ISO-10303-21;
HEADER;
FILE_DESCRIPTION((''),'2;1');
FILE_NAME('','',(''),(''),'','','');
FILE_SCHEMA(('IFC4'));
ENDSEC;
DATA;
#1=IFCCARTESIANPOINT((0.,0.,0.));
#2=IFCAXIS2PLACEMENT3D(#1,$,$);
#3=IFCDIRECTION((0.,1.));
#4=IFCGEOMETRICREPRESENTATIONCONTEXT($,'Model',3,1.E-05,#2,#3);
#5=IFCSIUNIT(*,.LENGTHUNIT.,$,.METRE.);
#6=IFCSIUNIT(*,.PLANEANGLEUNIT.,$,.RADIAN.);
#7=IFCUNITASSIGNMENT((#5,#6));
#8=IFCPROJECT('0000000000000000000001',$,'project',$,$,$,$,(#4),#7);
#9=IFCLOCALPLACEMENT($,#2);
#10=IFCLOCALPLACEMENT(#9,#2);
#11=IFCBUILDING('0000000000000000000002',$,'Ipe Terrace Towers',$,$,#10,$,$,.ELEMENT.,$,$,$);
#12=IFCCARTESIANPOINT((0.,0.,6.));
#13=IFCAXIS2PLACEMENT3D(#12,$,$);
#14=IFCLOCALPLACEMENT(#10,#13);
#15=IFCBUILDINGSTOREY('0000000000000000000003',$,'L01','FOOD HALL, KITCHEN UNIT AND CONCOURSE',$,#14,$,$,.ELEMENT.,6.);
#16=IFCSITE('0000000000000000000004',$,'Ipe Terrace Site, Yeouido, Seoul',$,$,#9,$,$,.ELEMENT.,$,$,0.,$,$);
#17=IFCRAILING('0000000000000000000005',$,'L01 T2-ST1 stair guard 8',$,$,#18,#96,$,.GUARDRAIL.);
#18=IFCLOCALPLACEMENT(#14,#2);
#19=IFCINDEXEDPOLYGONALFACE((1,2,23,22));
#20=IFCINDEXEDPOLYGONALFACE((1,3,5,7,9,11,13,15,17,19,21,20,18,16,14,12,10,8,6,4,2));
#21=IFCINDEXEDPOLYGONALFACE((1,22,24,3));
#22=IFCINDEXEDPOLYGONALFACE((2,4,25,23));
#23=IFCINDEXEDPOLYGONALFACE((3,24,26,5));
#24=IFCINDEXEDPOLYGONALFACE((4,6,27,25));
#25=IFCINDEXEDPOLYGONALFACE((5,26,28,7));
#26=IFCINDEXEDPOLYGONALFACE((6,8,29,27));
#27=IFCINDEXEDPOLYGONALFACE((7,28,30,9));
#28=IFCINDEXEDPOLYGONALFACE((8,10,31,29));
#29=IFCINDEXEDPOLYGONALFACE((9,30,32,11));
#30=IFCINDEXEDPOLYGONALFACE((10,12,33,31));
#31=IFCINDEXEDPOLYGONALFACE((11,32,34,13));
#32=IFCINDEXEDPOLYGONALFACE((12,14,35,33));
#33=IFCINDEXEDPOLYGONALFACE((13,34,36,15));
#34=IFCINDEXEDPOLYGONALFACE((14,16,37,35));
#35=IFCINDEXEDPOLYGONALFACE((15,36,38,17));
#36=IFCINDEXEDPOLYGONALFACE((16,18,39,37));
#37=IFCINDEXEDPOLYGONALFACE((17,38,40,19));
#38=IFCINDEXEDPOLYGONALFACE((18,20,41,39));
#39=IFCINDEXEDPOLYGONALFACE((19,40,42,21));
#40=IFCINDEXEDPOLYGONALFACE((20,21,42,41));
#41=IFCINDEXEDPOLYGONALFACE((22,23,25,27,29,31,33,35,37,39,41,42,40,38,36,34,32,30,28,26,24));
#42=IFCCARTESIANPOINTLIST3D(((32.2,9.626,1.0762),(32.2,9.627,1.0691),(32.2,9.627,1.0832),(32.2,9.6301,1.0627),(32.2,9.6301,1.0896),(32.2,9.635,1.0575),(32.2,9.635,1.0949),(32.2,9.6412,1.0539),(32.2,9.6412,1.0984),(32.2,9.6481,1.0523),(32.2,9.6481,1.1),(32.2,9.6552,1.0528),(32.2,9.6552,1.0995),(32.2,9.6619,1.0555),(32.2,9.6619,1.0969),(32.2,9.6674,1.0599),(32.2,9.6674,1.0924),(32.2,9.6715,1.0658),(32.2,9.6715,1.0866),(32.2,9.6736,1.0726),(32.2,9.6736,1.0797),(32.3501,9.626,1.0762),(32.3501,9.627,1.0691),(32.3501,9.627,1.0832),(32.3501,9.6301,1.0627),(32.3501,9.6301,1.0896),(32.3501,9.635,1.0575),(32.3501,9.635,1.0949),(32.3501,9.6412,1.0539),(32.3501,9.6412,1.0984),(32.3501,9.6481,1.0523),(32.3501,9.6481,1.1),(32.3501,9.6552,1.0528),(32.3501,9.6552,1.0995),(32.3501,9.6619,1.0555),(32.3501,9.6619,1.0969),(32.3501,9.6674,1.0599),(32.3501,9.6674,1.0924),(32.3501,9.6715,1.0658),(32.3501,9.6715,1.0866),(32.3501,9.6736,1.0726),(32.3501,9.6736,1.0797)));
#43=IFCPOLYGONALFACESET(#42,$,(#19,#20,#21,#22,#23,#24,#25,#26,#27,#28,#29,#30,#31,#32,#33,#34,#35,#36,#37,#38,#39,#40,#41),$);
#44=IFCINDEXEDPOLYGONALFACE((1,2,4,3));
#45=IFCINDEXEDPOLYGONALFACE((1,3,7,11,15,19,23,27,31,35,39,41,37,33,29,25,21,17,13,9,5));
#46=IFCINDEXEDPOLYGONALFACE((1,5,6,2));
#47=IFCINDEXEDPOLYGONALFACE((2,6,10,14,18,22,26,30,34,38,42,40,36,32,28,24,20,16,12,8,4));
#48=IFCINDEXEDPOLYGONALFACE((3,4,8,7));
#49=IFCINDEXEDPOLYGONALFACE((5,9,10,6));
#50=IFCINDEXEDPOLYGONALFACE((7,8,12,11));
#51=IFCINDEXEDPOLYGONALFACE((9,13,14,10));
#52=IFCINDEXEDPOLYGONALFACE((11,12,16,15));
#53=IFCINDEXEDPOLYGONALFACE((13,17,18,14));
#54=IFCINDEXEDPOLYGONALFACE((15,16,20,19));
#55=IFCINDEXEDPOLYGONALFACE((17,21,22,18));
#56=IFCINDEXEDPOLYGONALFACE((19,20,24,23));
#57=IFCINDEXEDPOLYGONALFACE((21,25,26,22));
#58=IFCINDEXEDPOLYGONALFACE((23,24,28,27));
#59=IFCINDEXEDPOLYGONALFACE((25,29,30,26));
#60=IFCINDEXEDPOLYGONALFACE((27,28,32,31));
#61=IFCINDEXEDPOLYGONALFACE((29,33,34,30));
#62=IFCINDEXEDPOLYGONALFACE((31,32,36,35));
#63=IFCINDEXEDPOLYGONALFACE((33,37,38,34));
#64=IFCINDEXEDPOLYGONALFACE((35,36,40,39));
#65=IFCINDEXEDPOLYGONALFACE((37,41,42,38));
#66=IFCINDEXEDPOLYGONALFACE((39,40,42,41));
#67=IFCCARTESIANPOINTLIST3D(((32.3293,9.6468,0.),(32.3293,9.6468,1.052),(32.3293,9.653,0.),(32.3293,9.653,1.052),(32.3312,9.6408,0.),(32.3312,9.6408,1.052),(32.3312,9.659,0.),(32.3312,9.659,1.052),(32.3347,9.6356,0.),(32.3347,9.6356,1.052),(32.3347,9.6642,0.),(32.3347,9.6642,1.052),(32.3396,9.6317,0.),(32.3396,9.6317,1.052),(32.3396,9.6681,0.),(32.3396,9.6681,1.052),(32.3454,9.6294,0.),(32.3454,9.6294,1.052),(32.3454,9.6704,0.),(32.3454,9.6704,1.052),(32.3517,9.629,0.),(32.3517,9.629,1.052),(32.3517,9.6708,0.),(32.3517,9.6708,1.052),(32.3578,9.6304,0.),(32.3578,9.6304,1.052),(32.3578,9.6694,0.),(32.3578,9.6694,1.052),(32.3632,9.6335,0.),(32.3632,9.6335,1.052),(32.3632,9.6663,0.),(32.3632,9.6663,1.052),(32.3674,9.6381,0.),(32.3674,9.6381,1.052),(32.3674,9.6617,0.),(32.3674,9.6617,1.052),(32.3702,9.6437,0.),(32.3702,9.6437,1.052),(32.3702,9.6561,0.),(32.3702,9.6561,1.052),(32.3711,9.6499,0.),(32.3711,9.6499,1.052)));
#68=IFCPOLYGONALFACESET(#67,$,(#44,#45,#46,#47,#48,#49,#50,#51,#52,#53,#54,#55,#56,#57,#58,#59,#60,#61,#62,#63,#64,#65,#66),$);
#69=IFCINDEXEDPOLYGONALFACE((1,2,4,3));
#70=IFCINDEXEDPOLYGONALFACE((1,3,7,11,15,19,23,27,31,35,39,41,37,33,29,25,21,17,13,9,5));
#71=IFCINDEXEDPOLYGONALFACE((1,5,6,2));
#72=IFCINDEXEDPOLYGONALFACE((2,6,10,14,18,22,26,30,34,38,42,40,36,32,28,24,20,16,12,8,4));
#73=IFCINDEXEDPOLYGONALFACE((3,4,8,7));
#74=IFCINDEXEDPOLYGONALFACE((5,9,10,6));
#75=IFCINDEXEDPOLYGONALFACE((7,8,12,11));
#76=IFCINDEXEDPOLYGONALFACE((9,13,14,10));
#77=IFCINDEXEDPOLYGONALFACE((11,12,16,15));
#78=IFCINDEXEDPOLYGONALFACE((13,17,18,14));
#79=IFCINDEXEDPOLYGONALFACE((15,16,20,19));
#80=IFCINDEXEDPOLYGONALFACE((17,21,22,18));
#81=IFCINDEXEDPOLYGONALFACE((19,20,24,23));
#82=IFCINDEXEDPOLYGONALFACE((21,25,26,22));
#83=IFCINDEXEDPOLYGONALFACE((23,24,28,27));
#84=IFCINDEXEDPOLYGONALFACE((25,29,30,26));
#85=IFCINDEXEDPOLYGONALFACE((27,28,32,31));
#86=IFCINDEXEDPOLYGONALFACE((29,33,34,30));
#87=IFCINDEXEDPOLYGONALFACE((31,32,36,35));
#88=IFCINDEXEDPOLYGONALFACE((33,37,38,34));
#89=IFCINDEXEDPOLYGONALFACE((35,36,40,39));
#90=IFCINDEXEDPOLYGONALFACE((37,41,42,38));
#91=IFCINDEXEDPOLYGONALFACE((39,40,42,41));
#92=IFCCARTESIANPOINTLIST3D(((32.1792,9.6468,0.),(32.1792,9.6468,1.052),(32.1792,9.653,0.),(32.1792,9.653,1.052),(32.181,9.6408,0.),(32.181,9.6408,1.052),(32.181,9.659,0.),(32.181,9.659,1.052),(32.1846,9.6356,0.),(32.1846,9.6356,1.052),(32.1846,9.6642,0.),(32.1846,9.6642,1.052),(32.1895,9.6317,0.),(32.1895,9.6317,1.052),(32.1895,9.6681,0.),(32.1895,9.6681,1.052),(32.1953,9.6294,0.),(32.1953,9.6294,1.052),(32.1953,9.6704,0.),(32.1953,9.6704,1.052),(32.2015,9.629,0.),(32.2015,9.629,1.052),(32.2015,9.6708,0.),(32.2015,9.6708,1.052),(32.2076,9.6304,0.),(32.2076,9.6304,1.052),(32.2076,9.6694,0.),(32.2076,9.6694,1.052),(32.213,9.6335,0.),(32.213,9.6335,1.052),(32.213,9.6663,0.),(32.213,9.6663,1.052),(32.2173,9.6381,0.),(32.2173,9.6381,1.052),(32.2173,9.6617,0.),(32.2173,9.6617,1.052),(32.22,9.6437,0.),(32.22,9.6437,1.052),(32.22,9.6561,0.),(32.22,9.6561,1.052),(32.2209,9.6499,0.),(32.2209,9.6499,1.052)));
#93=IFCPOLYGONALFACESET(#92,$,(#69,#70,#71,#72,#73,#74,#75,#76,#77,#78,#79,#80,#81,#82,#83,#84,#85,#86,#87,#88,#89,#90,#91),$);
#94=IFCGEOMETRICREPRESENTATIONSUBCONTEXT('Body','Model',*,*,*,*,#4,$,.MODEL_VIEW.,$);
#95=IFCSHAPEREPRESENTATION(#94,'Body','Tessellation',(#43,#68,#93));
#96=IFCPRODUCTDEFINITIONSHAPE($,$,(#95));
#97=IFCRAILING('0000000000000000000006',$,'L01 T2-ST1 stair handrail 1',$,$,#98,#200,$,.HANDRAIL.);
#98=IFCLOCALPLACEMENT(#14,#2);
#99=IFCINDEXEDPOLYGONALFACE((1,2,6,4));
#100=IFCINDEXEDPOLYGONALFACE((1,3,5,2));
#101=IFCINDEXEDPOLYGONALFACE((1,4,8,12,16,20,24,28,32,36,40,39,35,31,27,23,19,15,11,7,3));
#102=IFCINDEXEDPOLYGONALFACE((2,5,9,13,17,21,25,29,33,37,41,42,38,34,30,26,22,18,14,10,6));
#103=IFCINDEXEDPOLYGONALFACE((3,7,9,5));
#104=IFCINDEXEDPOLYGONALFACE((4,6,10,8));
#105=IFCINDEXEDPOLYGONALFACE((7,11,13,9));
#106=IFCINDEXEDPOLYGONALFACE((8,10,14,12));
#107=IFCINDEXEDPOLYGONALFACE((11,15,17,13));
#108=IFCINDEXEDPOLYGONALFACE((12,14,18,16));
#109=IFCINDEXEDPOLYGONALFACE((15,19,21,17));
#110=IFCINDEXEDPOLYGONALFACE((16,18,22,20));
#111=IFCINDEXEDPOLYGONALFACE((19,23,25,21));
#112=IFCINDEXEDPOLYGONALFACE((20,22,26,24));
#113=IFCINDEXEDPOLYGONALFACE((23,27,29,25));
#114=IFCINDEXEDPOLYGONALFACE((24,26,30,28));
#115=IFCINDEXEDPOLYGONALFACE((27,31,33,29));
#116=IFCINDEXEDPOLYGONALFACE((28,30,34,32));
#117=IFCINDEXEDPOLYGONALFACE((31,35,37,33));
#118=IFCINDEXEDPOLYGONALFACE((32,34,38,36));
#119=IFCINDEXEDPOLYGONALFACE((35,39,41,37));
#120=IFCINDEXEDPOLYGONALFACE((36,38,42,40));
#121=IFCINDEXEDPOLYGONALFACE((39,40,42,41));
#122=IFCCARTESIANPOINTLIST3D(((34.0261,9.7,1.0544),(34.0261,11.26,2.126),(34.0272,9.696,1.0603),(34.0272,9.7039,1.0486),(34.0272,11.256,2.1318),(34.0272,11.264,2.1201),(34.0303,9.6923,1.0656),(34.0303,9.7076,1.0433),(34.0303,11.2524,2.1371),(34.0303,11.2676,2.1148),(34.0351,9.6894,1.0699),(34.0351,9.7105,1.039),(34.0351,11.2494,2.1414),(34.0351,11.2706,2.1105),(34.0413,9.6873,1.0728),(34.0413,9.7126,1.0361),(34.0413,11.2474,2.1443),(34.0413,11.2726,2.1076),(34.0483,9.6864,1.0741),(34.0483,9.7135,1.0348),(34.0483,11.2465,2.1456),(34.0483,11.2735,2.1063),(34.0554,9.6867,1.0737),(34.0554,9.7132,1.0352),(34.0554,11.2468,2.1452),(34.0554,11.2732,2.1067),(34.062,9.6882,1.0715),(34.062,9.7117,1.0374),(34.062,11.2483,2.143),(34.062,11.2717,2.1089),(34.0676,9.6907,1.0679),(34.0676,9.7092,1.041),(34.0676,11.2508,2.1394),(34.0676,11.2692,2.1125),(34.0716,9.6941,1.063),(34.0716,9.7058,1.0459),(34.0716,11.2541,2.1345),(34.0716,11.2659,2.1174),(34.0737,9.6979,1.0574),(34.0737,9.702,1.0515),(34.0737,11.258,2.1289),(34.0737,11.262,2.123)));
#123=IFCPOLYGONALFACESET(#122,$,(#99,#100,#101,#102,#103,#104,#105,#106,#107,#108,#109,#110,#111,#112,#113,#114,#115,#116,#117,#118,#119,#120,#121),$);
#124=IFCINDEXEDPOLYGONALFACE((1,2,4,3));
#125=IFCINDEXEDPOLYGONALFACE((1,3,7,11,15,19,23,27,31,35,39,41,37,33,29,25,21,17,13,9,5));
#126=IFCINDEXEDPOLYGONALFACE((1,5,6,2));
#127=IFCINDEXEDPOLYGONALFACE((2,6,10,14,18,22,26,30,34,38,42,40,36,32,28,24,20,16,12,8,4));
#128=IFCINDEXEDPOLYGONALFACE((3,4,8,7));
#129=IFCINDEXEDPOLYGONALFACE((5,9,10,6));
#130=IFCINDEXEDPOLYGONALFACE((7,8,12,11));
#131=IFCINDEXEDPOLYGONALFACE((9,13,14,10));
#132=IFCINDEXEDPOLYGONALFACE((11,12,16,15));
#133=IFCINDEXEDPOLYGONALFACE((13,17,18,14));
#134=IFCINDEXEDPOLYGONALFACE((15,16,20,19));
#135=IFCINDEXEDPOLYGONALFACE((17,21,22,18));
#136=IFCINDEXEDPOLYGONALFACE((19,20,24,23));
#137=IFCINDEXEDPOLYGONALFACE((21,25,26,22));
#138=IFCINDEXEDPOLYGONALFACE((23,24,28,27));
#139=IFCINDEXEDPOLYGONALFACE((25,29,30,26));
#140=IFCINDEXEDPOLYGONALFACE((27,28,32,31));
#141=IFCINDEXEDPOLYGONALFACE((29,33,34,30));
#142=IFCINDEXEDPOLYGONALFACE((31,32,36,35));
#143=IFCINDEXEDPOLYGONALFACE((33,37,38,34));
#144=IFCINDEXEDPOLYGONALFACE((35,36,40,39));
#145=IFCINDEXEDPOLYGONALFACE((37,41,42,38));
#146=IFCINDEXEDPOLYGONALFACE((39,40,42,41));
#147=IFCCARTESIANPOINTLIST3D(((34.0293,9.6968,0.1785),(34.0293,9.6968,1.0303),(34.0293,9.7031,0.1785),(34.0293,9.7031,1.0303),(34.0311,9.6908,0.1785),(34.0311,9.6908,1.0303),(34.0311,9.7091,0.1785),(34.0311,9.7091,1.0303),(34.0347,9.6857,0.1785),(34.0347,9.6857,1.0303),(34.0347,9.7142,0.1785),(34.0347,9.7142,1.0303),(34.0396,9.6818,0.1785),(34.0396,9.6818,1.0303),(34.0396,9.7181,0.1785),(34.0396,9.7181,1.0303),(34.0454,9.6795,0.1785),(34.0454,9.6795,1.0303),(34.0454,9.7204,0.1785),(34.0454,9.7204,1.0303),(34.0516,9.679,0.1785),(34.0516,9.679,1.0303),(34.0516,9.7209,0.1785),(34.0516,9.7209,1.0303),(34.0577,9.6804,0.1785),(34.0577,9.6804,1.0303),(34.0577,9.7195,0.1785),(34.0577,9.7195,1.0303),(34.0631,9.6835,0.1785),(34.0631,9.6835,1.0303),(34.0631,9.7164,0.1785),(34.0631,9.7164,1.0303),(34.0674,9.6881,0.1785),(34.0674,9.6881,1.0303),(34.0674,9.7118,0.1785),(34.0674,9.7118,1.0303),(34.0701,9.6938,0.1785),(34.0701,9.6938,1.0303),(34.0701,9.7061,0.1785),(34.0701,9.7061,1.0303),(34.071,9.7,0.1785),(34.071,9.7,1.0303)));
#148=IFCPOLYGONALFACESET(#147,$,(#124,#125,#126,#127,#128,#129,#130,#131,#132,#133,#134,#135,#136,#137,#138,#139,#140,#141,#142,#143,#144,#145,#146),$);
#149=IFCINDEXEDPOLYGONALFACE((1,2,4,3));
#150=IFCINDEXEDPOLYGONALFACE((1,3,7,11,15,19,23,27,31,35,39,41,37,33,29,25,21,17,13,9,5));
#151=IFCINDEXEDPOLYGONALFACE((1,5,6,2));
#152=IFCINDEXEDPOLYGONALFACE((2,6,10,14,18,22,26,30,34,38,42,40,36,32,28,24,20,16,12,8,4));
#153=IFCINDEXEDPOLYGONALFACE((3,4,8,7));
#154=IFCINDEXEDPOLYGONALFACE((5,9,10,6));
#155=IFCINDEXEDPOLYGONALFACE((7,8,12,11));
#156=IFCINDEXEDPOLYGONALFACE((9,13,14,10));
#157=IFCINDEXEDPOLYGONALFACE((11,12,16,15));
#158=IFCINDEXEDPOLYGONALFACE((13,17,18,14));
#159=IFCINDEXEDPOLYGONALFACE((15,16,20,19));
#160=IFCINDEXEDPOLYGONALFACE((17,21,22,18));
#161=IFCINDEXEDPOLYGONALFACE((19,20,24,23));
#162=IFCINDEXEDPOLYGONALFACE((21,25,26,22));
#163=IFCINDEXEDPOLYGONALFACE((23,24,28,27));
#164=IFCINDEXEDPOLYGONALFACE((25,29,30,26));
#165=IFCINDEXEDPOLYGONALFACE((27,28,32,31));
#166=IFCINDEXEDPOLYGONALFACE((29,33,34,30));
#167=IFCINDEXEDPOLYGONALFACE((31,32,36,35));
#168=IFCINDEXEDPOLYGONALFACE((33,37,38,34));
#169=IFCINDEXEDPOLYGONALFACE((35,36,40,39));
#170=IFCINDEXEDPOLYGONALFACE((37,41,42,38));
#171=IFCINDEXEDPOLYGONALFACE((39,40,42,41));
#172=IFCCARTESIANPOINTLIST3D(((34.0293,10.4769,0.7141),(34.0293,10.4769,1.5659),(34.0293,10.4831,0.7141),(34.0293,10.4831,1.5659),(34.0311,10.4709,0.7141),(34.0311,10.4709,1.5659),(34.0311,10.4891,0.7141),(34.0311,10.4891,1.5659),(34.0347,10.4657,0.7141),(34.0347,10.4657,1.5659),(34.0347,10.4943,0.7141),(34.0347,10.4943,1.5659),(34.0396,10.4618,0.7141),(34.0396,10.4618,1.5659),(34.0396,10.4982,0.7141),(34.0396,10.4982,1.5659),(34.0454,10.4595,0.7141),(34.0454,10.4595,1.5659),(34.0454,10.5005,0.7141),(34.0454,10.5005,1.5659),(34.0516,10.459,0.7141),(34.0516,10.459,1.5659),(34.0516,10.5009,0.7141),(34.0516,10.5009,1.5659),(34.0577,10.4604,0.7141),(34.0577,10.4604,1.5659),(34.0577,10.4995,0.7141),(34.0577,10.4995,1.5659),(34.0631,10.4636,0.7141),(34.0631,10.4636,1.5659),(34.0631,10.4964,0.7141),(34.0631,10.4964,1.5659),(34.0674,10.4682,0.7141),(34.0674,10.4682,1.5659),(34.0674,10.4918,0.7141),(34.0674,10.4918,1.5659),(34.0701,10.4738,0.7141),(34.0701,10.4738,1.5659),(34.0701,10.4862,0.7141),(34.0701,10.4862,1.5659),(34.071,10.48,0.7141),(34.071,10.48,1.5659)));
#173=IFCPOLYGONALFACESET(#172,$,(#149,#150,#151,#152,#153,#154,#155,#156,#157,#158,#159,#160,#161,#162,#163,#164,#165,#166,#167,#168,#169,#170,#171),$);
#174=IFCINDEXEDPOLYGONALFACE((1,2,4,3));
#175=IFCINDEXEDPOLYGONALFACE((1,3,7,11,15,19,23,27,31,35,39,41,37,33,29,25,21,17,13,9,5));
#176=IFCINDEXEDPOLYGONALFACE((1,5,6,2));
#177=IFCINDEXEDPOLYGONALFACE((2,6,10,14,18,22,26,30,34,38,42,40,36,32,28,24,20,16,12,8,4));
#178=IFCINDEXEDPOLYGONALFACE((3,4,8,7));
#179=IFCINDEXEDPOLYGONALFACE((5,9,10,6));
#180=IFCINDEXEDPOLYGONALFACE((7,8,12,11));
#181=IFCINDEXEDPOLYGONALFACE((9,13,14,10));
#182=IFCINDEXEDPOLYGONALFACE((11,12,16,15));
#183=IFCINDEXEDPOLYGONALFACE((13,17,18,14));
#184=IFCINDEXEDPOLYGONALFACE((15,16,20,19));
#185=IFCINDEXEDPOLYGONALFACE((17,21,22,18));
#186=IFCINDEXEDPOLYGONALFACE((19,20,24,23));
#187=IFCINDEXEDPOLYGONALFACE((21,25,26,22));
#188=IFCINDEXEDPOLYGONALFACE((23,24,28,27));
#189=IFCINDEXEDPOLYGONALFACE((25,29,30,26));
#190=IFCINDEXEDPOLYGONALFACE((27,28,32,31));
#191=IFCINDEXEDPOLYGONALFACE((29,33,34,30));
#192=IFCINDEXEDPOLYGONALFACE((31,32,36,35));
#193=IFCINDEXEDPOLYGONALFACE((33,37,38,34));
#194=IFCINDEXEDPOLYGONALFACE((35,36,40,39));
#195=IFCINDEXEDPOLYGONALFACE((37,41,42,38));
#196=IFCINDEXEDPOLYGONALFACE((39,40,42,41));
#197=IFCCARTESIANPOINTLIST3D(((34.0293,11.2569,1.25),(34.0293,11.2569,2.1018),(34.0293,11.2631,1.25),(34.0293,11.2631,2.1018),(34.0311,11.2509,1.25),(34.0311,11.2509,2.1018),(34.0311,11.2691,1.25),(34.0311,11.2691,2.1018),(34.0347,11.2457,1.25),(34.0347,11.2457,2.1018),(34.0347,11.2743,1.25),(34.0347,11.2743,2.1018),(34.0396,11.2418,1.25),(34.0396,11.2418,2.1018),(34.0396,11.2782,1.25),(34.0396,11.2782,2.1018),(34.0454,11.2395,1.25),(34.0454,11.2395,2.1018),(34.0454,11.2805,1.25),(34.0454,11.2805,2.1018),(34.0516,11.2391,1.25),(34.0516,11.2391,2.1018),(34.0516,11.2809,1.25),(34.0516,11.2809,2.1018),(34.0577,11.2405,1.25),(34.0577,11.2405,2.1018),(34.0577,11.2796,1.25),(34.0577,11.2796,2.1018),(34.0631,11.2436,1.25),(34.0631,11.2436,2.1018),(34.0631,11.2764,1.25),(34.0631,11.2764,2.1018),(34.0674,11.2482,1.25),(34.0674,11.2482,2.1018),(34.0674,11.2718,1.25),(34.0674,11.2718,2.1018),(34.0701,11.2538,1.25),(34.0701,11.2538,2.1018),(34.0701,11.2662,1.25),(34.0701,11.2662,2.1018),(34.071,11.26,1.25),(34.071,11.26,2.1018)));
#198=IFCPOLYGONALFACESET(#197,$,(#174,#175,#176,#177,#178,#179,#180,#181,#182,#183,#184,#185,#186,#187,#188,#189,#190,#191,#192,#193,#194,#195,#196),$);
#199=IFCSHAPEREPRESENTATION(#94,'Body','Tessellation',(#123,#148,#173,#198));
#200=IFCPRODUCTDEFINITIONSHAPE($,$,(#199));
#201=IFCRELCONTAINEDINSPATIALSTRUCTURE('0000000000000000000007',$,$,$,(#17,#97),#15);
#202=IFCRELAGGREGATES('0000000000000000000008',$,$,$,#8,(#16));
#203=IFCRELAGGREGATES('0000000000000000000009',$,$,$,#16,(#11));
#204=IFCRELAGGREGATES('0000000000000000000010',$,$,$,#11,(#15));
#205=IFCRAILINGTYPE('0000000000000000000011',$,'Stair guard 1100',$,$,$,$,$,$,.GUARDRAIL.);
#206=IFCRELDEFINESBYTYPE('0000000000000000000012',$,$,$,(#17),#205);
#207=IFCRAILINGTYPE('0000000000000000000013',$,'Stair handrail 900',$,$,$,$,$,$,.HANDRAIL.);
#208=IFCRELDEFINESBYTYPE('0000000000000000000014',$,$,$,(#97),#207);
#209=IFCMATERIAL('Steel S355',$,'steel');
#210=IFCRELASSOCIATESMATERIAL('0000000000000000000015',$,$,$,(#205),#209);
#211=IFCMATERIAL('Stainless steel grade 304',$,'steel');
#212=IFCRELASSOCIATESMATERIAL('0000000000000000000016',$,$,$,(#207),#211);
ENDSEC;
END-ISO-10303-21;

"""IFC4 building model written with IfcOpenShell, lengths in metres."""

from ifc_helpers import new_model, si_unit, direction, frame, origin, origin_2d, place, context, subcontext, project, spatial, circle, extrude, material, type_object, element, save


model = new_model("IFC4")

# Units and contexts
model_context = context("Model", 3, precision=1e-05, world=origin(), true_north=direction((0.0, 1.0)))
body_context = subcontext(model_context, "Body", "Model", "MODEL_VIEW")
ifc_project = project(units=[si_unit("LENGTHUNIT", "METRE"), si_unit("PLANEANGLEUNIT", "RADIAN")], contexts=[model_context])

# Site, building, storey
site_placement = place(None, origin())
site = spatial("IfcSite", under=ifc_project, at=site_placement, Name="Ipe Terrace Site, Yeouido, Seoul", CompositionType="ELEMENT", RefElevation=0.0)
building_placement = place(site_placement, origin())
building = spatial("IfcBuilding", under=site, at=building_placement, Name="Ipe Terrace Towers", CompositionType="ELEMENT")
storey_placement = place(building_placement, frame((0.0, 0.0, 6.0)))
storey = spatial("IfcBuildingStorey", under=building, at=storey_placement, Name="L01", Description="FOOD HALL, KITCHEN UNIT AND CONCOURSE", CompositionType="ELEMENT", Elevation=6.0)

# Railings
ifc_material_1 = material(Name="Steel S355", Category="steel")
railing_type_1 = type_object("IfcRailingType", Name="Stair guard 1100", PredefinedType="GUARDRAIL", material=ifc_material_1)
railing_1_placement = place(storey_placement, frame((32.3501, 9.6499, 0.0)))
element("IfcRailing", 1, at=railing_1_placement, inside=storey, type_object=railing_type_1, Name="L01 T2-ST1 stair guard 8", PredefinedType="GUARDRAIL", context=body_context, shape_type="SweptSolid", body=[
    extrude(circle(Radius=0.0239, at=origin_2d()), frame((0.0, 0.0, 1.0762), z_axis=(-1.0, 0.0, 0.0), x_axis=(0.0, -1.0, 0.0)), (0.0, 0.0, 1.0), 0.1501),
    extrude(circle(Radius=0.021, at=origin_2d()), origin(), (0.0, 0.0, 1.0), 1.052),
    extrude(circle(Radius=0.021, at=origin_2d()), frame((-0.1501, 0.0, 0.0)), (0.0, 0.0, 1.0), 1.052),
])
ifc_material_2 = material(Name="Stainless steel grade 304", Category="steel")
railing_type_2 = type_object("IfcRailingType", Name="Stair handrail 900", PredefinedType="HANDRAIL", material=ifc_material_2)
railing_2_placement = place(storey_placement, frame((34.05, 9.7, 0.1785)))
element("IfcRailing", 2, at=railing_2_placement, inside=storey, type_object=railing_type_2, Name="L01 T2-ST1 stair handrail 1", PredefinedType="HANDRAIL", context=body_context, shape_type="SweptSolid", body=[
    extrude(circle(Radius=0.0239, at=origin_2d()), frame((0.0, 0.0, 0.876), z_axis=(0.0, 0.82429, 0.566167), x_axis=(-1.0, 0.0, 0.0)), (0.0, 0.0, 1.0), 1.8926),
    extrude(circle(Radius=0.021, at=origin_2d()), origin(), (0.0, 0.0, 1.0), 0.8518),
    extrude(circle(Radius=0.021, at=origin_2d()), frame((0.0, 0.78, 0.5356)), (0.0, 0.0, 1.0), 0.8518),
    extrude(circle(Radius=0.021, at=origin_2d()), frame((0.0, 1.5601, 1.0715)), (0.0, 0.0, 1.0), 0.8518),
])

save(model, "model.ifc")
